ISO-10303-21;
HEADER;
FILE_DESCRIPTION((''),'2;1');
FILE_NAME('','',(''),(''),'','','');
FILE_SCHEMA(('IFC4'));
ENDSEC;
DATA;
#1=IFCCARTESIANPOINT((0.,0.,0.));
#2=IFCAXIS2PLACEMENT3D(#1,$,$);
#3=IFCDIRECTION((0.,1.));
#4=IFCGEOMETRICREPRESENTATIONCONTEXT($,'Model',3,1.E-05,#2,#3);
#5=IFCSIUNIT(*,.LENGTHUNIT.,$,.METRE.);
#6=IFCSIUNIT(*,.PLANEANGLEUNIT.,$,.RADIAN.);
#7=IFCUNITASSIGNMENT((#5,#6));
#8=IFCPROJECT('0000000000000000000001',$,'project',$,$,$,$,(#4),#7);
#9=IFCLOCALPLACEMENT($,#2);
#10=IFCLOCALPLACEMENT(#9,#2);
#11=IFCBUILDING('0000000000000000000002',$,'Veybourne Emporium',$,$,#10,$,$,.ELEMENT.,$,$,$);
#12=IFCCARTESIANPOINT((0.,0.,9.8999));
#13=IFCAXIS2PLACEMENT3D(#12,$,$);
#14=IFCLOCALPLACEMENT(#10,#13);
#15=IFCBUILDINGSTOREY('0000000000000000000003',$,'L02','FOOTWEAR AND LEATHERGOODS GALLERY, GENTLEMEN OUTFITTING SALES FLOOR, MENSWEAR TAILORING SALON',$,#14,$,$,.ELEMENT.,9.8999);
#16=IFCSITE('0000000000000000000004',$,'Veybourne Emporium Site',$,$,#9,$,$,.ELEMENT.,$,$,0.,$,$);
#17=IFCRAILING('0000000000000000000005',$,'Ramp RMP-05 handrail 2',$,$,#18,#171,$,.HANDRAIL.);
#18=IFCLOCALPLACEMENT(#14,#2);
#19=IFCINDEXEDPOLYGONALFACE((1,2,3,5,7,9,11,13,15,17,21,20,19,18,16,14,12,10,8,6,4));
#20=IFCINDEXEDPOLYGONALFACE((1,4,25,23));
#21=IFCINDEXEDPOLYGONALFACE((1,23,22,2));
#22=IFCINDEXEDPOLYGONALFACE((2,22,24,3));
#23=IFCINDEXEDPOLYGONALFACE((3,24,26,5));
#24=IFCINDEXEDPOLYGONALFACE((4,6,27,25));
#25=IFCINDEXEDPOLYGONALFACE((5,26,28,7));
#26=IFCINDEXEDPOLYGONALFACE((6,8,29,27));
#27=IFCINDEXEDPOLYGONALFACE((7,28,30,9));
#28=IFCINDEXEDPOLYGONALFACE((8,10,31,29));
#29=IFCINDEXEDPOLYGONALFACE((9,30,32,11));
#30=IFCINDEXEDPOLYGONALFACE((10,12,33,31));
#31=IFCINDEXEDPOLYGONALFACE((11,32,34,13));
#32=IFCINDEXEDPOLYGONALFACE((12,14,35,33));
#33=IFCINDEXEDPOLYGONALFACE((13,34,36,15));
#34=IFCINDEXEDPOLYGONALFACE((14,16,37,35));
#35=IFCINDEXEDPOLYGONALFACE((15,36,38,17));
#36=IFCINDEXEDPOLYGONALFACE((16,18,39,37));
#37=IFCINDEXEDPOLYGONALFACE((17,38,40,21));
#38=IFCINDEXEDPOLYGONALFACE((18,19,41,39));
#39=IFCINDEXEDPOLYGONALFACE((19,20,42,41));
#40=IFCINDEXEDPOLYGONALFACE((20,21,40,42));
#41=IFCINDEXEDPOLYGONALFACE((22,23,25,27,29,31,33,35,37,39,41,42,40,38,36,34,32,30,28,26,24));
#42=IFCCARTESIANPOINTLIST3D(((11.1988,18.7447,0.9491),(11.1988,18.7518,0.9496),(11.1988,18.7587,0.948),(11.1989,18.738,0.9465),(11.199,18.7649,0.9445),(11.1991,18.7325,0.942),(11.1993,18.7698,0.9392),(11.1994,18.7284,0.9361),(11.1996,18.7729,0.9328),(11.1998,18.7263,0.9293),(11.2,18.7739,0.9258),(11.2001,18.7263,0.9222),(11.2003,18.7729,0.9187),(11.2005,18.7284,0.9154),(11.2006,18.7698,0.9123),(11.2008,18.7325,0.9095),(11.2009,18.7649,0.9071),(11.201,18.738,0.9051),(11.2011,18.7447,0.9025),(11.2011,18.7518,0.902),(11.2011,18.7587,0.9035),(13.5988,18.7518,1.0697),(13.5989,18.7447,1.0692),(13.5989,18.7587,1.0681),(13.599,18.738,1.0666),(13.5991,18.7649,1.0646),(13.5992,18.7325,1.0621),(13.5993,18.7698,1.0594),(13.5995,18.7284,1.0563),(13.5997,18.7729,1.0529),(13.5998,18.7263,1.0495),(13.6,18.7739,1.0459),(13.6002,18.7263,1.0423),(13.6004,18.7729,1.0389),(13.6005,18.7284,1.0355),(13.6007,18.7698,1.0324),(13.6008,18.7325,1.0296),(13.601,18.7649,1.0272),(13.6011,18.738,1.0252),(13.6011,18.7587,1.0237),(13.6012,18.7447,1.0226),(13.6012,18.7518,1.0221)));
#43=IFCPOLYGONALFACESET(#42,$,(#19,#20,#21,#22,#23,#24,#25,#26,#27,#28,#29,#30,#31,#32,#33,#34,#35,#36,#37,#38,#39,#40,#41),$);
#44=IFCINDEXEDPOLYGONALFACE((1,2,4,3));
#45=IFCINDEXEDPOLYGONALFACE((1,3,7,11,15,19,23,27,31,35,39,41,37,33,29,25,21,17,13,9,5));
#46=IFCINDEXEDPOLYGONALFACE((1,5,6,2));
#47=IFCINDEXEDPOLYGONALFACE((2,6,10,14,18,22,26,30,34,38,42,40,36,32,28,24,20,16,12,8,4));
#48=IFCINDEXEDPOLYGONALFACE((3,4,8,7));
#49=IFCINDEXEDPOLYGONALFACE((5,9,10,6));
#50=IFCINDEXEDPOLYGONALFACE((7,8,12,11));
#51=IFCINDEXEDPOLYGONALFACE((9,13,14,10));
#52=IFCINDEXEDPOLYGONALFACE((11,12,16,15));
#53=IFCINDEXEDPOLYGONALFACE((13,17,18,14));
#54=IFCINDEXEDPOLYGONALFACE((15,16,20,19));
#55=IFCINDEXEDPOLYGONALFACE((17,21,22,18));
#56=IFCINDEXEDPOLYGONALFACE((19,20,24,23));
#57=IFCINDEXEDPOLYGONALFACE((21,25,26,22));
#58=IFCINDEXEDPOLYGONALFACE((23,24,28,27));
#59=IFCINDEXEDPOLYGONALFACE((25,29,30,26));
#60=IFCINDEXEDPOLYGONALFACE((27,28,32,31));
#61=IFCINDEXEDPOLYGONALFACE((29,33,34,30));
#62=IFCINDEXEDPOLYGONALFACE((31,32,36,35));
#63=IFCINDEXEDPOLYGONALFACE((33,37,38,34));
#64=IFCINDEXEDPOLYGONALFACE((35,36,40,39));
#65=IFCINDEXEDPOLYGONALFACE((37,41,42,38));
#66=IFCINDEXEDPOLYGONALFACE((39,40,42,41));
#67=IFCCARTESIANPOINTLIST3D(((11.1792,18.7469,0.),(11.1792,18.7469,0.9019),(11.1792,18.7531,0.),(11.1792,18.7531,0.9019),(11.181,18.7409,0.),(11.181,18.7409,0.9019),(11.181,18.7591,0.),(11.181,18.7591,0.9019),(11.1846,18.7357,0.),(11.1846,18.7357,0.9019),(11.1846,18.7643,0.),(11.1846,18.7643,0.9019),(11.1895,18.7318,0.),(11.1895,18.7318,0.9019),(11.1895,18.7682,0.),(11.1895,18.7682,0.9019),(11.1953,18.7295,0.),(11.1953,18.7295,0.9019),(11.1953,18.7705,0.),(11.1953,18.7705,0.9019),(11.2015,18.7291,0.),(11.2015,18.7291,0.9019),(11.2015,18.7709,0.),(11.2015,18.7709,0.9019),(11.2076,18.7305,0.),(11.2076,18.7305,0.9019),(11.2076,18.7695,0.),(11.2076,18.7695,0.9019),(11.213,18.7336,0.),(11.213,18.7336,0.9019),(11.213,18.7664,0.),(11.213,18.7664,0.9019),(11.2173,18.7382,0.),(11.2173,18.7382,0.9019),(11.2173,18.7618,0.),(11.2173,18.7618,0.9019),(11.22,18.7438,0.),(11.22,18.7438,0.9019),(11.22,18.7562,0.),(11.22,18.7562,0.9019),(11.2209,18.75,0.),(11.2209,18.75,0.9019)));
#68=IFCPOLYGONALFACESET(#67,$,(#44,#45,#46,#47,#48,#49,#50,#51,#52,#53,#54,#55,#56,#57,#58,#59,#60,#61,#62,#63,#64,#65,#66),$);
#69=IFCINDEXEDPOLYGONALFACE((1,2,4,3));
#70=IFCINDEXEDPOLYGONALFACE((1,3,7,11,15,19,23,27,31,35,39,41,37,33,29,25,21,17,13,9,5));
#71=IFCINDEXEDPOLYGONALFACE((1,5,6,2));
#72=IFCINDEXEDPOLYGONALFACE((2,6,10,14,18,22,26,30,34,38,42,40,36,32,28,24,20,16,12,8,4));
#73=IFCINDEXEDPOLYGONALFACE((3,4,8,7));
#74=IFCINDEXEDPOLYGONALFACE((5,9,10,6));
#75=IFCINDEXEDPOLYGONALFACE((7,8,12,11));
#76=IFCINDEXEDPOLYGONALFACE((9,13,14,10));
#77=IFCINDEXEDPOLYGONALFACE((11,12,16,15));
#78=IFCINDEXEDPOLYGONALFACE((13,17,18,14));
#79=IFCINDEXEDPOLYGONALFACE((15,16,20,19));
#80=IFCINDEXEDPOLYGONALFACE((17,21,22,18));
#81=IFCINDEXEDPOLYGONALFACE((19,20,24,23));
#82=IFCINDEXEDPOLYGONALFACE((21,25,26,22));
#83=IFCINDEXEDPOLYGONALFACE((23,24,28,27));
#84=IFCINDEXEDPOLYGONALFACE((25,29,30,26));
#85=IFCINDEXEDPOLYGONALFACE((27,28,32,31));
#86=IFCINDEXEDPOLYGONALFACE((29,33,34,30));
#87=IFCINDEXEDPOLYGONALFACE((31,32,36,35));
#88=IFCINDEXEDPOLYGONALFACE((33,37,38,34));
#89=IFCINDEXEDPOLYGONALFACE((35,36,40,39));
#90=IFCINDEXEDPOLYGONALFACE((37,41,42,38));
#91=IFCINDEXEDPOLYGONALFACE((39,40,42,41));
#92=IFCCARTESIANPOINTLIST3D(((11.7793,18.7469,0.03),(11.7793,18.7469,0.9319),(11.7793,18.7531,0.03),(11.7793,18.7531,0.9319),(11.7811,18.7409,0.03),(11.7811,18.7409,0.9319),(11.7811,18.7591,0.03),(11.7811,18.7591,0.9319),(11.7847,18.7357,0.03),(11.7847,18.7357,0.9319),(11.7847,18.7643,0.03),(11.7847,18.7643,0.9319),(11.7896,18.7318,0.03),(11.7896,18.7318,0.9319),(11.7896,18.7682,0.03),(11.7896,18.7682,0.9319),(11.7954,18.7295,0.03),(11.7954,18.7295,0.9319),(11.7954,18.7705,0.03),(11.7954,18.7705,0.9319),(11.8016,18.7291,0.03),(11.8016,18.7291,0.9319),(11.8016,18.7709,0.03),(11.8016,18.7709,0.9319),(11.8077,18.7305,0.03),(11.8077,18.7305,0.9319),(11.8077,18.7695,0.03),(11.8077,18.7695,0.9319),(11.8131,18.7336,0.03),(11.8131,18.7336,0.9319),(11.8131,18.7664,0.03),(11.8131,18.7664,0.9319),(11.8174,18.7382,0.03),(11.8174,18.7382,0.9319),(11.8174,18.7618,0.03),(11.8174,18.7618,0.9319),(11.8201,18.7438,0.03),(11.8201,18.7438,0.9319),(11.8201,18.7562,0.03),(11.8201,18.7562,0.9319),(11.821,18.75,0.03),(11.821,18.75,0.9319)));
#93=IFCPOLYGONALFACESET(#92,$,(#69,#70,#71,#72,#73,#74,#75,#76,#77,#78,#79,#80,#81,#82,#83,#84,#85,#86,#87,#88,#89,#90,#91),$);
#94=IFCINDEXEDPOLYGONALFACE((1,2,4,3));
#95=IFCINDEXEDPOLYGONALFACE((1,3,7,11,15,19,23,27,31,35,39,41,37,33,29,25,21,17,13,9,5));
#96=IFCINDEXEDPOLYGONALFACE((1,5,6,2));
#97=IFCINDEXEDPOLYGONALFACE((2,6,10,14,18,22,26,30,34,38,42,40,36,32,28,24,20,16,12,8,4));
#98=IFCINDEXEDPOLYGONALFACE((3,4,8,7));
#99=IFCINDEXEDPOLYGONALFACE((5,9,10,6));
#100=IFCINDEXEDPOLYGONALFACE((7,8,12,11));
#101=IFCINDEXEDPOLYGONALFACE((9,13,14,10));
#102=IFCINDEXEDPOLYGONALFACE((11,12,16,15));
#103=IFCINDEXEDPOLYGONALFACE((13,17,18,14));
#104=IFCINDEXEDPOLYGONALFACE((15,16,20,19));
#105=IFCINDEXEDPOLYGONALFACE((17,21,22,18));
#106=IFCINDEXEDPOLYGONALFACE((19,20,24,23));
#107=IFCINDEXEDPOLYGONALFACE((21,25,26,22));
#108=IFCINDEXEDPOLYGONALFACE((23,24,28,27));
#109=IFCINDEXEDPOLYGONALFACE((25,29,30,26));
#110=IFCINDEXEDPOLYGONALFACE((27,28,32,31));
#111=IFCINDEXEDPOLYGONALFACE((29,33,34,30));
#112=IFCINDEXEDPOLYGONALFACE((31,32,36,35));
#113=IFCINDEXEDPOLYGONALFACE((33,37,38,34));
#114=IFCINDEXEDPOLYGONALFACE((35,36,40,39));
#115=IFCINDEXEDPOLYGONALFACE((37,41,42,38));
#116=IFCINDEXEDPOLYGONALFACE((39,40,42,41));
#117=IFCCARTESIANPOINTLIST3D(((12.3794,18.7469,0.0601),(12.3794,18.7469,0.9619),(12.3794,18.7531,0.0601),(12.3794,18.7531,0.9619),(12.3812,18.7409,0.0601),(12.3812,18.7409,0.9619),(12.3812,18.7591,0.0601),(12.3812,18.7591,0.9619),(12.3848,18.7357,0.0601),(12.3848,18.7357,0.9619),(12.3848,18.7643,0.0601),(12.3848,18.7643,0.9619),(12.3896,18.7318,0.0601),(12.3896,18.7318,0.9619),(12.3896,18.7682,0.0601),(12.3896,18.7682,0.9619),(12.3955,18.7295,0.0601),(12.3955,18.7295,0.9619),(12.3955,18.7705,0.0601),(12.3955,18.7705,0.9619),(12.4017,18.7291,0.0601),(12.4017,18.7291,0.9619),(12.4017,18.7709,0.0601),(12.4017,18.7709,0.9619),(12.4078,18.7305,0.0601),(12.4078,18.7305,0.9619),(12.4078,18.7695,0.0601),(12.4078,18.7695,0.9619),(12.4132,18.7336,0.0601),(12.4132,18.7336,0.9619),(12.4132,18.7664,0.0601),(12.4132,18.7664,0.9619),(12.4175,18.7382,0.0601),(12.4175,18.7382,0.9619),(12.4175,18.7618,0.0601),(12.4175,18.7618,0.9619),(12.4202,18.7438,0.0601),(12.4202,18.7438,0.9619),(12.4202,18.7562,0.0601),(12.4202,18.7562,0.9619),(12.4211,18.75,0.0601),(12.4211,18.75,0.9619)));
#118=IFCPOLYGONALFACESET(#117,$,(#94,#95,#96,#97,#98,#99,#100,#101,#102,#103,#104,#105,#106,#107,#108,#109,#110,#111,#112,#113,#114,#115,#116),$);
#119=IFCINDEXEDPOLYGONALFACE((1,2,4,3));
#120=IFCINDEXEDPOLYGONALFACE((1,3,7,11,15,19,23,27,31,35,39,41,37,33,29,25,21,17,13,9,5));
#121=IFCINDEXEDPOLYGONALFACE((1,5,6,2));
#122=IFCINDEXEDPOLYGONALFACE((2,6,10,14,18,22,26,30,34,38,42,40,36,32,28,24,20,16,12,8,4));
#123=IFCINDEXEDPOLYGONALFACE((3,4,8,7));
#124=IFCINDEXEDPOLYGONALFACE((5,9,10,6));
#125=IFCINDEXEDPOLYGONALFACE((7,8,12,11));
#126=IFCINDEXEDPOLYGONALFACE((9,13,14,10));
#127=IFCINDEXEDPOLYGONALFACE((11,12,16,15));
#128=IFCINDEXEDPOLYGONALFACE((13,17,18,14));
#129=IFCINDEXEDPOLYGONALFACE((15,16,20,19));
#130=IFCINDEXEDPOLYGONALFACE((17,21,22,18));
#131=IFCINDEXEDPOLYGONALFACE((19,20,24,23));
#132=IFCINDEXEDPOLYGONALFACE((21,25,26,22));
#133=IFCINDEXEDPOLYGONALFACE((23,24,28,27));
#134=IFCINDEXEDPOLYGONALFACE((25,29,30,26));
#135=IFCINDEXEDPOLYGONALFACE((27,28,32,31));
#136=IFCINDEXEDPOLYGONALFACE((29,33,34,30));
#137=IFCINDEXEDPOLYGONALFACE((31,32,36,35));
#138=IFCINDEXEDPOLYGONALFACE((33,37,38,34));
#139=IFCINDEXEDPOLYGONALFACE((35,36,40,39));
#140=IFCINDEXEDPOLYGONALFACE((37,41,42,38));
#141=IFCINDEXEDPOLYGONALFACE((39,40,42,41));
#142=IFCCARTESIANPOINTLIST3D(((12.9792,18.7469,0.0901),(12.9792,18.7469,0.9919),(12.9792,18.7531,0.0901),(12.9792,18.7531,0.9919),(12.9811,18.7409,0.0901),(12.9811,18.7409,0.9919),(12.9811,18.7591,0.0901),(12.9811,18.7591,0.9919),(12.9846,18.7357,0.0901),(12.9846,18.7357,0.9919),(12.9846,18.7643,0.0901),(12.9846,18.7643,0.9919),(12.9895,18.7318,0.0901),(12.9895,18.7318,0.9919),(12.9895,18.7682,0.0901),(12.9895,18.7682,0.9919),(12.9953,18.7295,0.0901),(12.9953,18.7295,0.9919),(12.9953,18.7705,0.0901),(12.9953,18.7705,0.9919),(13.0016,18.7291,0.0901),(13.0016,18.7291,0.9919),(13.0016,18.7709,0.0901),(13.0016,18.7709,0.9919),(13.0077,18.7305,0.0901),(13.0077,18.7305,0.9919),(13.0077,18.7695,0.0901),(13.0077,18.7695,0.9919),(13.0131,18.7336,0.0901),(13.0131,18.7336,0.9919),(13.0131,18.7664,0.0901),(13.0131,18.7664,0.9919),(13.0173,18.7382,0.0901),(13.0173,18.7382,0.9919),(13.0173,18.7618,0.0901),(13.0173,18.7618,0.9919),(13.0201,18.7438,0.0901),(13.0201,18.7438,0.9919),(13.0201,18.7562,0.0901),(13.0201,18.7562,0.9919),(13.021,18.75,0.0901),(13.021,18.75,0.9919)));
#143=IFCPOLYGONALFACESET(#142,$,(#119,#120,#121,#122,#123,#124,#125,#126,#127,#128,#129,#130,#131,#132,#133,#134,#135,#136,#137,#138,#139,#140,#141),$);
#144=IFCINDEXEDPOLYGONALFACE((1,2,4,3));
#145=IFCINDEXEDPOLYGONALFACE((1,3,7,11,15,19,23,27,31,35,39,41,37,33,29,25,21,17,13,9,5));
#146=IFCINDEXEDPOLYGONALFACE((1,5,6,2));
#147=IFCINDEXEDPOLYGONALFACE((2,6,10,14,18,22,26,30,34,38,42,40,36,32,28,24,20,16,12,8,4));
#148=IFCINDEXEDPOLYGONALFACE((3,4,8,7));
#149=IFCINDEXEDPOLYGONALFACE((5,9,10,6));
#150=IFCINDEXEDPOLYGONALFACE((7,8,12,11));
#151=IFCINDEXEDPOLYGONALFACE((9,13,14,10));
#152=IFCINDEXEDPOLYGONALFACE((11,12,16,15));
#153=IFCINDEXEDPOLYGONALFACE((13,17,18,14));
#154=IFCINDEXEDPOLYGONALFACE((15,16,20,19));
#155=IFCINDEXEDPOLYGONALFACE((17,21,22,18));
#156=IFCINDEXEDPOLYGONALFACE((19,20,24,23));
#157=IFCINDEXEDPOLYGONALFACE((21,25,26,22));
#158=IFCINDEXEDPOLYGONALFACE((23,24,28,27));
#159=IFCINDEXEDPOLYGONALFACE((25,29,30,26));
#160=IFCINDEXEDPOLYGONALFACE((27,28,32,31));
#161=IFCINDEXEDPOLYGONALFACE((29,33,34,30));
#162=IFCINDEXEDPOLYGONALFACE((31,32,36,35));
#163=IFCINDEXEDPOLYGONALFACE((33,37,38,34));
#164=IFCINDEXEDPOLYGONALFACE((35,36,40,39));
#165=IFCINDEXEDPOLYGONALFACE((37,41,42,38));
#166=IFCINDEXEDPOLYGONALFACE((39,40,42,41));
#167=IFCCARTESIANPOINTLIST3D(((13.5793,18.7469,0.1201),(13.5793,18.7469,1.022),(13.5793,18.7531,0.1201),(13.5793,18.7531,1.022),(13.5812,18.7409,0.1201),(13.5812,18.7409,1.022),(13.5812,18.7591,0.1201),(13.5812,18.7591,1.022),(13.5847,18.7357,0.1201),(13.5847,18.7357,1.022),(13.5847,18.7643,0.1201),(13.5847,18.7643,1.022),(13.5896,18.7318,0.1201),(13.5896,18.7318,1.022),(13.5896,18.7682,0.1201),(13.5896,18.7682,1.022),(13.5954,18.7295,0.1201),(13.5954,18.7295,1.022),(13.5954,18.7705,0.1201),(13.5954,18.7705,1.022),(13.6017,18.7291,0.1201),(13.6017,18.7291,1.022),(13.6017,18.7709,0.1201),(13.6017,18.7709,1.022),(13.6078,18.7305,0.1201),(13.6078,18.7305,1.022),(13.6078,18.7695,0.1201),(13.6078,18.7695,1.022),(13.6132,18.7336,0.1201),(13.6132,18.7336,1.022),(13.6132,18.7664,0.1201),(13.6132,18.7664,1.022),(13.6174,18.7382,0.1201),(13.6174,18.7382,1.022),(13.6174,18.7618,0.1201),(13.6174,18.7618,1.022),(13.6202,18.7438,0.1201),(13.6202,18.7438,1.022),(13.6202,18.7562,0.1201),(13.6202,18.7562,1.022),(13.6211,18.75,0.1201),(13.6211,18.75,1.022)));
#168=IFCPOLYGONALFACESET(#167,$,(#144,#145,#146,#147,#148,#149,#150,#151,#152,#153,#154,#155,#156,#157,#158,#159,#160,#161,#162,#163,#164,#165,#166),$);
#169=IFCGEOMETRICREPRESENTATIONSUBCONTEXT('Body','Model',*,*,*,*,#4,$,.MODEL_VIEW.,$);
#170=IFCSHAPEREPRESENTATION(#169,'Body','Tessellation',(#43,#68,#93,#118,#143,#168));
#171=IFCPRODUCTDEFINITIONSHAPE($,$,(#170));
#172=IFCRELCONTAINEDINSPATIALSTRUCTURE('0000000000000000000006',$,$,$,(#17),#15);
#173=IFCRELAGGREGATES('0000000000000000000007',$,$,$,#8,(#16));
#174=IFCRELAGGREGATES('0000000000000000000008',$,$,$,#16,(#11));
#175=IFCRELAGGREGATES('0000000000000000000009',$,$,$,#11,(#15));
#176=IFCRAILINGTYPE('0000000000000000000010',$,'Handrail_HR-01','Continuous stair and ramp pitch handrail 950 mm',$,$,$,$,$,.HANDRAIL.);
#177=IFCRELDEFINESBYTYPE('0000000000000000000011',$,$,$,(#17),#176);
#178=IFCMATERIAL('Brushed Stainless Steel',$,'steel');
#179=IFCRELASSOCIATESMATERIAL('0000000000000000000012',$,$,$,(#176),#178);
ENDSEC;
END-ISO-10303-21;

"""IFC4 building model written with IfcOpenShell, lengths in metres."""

from ifc_helpers import new_model, si_unit, direction, frame, origin, origin_2d, place, context, subcontext, project, spatial, circle, extrude, material, type_object, element, save


model = new_model("IFC4")

# Units and contexts
model_context = context("Model", 3, precision=1e-05, world=origin(), true_north=direction((0.0, 1.0)))
body_context = subcontext(model_context, "Body", "Model", "MODEL_VIEW")
ifc_project = project(units=[si_unit("LENGTHUNIT", "METRE"), si_unit("PLANEANGLEUNIT", "RADIAN")], contexts=[model_context])

# Site, building, storey
site_placement = place(None, origin())
site = spatial("IfcSite", under=ifc_project, at=site_placement, Name="Veybourne Emporium Site", CompositionType="ELEMENT", RefElevation=0.0)
building_placement = place(site_placement, origin())
building = spatial("IfcBuilding", under=site, at=building_placement, Name="Veybourne Emporium", CompositionType="ELEMENT")
storey_placement = place(building_placement, frame((0.0, 0.0, 9.8999)))
storey = spatial("IfcBuildingStorey", under=building, at=storey_placement, Name="L02", Description="FOOTWEAR AND LEATHERGOODS GALLERY, GENTLEMEN OUTFITTING SALES FLOOR, MENSWEAR TAILORING SALON", CompositionType="ELEMENT", Elevation=9.8999)

# Railing
ifc_material_1 = material(Name="Brushed Stainless Steel", Category="steel")
railing_type = type_object("IfcRailingType", Name="Handrail_HR-01", Description="Continuous stair and ramp pitch handrail 950 mm", PredefinedType="HANDRAIL", material=ifc_material_1)
for number, where, name in (
    (1, (11.2, 18.75, 0.0), "Ramp RMP-05 handrail 2"),
):
    element("IfcRailing", number, at=place(storey_placement, frame(where)), inside=storey, type_object=railing_type, Name=name, PredefinedType="HANDRAIL", context=body_context, shape_type="SweptSolid", body=[
        extrude(circle(Radius=0.0239, at=origin_2d()), frame((0.0, 0.0, 0.9258), z_axis=(0.99875, 0.0, 0.049983), x_axis=(0.0, 1.0, 0.0)), (0.0, 0.0, 1.0), 2.4031),
        extrude(circle(Radius=0.021, at=origin_2d()), origin(), (0.0, 0.0, 1.0), 0.9019),
        extrude(circle(Radius=0.021, at=origin_2d()), frame((0.6001, 0.0, 0.03)), (0.0, 0.0, 1.0), 0.9019),
        extrude(circle(Radius=0.021, at=origin_2d()), frame((1.2002, 0.0, 0.0601)), (0.0, 0.0, 1.0), 0.9019),
        extrude(circle(Radius=0.021, at=origin_2d()), frame((1.8, 0.0, 0.0901)), (0.0, 0.0, 1.0), 0.9019),
        extrude(circle(Radius=0.021, at=origin_2d()), frame((2.4001, 0.0, 0.1201)), (0.0, 0.0, 1.0), 0.9019),
    ])

save(model, "model.ifc")
